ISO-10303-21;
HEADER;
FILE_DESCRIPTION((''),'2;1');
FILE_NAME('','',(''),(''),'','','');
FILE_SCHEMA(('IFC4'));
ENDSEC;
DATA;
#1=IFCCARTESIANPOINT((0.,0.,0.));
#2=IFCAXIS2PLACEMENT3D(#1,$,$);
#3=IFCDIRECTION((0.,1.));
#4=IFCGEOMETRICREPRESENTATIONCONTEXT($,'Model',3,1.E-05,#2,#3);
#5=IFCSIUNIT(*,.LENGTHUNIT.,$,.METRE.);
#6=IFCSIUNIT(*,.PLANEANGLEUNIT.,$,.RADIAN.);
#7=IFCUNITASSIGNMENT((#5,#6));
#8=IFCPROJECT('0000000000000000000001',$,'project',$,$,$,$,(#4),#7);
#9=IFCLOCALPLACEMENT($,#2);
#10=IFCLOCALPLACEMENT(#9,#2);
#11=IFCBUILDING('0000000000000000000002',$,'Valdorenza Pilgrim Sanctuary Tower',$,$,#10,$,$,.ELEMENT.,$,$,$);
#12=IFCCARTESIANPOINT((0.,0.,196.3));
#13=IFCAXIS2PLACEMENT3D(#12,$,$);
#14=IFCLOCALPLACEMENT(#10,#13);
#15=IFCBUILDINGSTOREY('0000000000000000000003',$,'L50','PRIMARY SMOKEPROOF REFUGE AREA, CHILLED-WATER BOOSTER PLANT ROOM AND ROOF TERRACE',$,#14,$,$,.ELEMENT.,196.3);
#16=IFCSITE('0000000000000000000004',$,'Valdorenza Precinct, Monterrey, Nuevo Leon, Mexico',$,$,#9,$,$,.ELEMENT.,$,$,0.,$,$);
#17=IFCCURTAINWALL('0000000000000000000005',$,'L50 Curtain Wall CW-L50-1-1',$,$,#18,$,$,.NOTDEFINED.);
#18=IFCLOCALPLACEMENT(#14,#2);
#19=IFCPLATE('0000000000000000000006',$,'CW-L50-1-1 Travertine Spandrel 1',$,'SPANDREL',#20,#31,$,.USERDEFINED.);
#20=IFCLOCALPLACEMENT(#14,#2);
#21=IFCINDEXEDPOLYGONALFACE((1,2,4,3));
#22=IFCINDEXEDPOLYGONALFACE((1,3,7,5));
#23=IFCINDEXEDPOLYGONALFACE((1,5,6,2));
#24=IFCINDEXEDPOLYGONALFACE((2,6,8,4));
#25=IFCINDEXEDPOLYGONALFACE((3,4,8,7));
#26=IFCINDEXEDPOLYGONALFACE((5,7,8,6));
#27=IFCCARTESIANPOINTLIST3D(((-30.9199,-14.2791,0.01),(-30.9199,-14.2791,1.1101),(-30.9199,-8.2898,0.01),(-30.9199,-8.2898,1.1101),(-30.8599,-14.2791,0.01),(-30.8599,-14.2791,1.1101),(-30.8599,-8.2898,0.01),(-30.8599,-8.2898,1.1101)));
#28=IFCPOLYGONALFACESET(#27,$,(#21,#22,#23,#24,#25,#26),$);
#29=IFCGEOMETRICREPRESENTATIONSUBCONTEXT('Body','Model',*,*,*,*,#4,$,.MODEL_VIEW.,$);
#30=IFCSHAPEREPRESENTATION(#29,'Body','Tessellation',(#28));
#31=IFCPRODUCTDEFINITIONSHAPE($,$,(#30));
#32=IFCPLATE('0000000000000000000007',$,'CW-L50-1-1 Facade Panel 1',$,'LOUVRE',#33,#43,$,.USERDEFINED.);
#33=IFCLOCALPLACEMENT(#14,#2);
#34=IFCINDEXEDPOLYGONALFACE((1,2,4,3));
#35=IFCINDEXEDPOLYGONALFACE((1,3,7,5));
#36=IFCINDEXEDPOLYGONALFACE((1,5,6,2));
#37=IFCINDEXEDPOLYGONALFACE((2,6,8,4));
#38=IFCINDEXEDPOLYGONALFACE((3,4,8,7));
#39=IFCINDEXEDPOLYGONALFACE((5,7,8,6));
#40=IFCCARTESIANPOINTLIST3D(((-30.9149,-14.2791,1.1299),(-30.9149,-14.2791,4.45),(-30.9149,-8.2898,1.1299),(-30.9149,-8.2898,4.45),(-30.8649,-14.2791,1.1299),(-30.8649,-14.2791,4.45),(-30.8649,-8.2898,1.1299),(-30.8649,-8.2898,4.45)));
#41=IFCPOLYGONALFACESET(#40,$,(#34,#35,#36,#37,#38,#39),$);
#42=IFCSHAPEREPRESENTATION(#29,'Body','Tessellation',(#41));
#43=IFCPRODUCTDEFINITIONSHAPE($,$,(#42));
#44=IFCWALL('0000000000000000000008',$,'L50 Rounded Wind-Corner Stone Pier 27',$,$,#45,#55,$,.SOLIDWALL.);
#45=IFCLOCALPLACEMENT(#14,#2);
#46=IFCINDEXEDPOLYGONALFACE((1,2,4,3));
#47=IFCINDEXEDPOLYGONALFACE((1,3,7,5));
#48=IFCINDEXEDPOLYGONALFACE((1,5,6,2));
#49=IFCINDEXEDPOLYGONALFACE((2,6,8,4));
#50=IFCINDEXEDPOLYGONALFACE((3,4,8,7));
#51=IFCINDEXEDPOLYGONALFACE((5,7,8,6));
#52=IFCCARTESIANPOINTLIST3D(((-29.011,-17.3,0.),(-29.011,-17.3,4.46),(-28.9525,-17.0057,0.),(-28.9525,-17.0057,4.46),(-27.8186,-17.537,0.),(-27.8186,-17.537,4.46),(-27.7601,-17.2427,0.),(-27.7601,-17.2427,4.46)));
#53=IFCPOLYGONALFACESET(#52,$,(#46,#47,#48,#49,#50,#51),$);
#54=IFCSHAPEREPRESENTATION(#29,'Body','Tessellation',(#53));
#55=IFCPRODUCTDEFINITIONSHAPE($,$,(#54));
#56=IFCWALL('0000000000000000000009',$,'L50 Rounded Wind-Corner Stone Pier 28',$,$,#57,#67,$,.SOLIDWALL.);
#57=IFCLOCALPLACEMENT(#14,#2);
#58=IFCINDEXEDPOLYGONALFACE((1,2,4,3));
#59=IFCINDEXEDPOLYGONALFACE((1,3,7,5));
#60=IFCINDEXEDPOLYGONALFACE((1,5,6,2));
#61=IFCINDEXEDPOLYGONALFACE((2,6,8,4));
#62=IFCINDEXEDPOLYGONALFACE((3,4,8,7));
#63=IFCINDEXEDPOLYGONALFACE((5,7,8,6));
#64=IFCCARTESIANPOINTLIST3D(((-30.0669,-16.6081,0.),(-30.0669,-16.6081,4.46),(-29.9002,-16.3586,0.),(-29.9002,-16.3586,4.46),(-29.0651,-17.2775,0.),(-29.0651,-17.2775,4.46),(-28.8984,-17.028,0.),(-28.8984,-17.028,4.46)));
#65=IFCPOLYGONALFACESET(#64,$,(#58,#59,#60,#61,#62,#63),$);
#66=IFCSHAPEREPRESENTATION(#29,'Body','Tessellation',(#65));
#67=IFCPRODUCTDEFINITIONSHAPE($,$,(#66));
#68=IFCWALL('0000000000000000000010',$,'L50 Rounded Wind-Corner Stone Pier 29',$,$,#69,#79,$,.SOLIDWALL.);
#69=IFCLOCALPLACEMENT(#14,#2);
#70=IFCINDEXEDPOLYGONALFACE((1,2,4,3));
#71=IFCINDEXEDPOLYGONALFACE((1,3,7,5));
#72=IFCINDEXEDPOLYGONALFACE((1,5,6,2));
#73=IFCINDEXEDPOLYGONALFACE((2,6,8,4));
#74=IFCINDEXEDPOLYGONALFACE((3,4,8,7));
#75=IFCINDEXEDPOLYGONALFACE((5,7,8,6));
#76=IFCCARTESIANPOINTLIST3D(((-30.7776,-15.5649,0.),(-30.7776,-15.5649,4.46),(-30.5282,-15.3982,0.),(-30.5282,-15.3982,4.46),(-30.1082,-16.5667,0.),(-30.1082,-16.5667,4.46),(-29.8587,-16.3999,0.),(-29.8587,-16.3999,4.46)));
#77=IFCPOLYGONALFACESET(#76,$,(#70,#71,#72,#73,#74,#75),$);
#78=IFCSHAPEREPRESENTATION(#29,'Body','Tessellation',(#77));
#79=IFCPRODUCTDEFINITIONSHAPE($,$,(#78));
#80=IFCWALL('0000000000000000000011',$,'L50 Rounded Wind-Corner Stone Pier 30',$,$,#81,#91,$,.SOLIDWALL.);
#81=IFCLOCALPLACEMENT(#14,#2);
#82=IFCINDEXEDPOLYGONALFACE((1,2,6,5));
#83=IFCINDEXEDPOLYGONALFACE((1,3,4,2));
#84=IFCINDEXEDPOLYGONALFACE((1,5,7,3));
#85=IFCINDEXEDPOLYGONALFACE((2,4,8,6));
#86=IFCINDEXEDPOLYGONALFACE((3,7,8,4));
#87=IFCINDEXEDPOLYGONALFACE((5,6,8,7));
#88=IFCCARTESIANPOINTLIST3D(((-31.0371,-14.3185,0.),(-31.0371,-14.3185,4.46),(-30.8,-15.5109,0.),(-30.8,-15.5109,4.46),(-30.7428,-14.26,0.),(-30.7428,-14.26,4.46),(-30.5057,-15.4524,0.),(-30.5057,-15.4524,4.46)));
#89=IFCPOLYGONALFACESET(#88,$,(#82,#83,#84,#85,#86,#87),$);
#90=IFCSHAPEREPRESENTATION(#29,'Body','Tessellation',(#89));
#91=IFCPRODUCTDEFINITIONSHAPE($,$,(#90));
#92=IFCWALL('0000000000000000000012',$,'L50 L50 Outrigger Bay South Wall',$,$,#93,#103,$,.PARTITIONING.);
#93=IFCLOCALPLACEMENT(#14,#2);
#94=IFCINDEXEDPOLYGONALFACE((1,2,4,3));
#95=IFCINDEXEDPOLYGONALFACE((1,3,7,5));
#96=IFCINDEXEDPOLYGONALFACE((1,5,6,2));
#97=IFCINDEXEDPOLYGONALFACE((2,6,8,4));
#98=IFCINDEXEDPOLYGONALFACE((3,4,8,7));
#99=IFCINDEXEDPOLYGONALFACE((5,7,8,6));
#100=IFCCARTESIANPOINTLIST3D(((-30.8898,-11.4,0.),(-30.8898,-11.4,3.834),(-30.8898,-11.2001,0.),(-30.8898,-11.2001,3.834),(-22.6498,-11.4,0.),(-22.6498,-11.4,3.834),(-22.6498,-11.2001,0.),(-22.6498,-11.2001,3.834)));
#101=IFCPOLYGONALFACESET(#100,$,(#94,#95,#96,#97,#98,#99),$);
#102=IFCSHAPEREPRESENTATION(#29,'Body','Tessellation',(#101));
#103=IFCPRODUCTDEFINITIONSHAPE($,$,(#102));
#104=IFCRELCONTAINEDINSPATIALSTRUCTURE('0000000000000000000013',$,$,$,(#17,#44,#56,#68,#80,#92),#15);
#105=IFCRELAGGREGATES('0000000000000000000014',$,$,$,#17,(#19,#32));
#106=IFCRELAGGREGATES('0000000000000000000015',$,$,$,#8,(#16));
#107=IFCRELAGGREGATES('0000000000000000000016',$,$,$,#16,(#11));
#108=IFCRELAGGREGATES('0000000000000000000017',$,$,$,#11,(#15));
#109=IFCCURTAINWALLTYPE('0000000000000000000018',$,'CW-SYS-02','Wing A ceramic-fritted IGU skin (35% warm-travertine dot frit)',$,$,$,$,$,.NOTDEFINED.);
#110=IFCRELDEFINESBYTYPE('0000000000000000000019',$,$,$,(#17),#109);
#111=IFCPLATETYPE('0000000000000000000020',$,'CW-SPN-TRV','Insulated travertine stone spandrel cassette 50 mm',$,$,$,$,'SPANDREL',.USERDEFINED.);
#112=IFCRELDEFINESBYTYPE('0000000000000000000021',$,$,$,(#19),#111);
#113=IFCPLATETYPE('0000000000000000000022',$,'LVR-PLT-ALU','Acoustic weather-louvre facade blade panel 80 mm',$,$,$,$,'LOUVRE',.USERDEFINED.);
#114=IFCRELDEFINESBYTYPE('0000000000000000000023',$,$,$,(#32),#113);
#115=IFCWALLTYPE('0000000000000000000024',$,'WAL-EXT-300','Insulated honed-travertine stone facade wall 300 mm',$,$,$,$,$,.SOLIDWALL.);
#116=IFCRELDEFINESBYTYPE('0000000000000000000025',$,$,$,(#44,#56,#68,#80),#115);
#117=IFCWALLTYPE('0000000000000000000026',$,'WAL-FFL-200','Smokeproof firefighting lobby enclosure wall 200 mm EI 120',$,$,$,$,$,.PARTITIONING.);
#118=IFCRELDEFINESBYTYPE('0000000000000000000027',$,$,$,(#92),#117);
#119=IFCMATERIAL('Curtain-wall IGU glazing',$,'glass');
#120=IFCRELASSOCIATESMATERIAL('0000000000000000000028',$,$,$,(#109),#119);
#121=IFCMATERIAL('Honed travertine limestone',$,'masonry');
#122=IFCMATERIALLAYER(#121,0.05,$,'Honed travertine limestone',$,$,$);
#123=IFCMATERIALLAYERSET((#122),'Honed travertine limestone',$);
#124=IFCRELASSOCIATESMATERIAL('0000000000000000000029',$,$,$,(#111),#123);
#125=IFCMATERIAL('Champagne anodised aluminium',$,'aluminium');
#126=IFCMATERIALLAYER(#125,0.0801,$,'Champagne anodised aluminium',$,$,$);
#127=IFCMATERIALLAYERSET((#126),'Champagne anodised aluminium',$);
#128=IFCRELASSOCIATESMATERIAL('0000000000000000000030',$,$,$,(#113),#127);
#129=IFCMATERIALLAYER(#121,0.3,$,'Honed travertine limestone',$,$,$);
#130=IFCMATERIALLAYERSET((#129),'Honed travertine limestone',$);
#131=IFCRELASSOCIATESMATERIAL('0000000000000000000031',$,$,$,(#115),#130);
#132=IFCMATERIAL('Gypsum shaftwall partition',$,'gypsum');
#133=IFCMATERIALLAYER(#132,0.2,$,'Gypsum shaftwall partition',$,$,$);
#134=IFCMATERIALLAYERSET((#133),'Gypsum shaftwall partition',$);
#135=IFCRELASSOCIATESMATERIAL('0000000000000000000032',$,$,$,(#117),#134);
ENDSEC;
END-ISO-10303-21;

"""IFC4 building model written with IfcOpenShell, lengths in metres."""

from ifc_helpers import new_model, si_unit, direction, frame, frame_2d, origin, origin_2d, place, context, subcontext, project, spatial, rectangle, extrude, source, transform, mapped, material, layer, layer_set, type_object, element, aggregate, save


model = new_model("IFC4")

# Units and contexts
model_context = context("Model", 3, precision=1e-05, world=origin(), true_north=direction((0.0, 1.0)))
body_context = subcontext(model_context, "Body", "Model", "MODEL_VIEW")
ifc_project = project(units=[si_unit("LENGTHUNIT", "METRE"), si_unit("PLANEANGLEUNIT", "RADIAN")], contexts=[model_context])

# Site, building, storey
site_placement = place(None, origin())
site = spatial("IfcSite", under=ifc_project, at=site_placement, Name="Valdorenza Precinct, Monterrey, Nuevo Leon, Mexico", CompositionType="ELEMENT", RefElevation=0.0)
building_placement = place(site_placement, origin())
building = spatial("IfcBuilding", under=site, at=building_placement, Name="Valdorenza Pilgrim Sanctuary Tower", CompositionType="ELEMENT")
storey_placement = place(building_placement, frame((0.0, 0.0, 196.3)))
storey = spatial("IfcBuildingStorey", under=building, at=storey_placement, Name="L50", Description="PRIMARY SMOKEPROOF REFUGE AREA, CHILLED-WATER BOOSTER PLANT ROOM AND ROOF TERRACE", CompositionType="ELEMENT", Elevation=196.3)

# Curtain wall
ifc_material_1 = material(Name="Curtain-wall IGU glazing", Category="glass")
curtain_wall_type = type_object("IfcCurtainWallType", Name="CW-SYS-02", Description="Wing A ceramic-fritted IGU skin (35% warm-travertine dot frit)", PredefinedType="NOTDEFINED", material=ifc_material_1)
curtain_wall_1_placement = place(storey_placement, origin())
curtain_wall_1 = element("IfcCurtainWall", 1, at=curtain_wall_1_placement, inside=storey, type_object=curtain_wall_type, Name="L50 Curtain Wall CW-L50-1-1", PredefinedType="NOTDEFINED")

# Plates
ifc_material_2 = material(Name="Honed travertine limestone", Category="masonry")
ifc_layer_1 = layer(ifc_material_2, 0.05, Name="Honed travertine limestone")
ifc_layer_set_1 = layer_set([ifc_layer_1], Name="Honed travertine limestone")
plate_type_1 = type_object("IfcPlateType", Name="CW-SPN-TRV", Description="Insulated travertine stone spandrel cassette 50 mm", ElementType="SPANDREL", PredefinedType="USERDEFINED", material=ifc_layer_set_1)
shared_shape_1 = source(origin(), body_context, "Body", "SweptSolid", [
    extrude(rectangle(XDim=5.9893, YDim=0.0601, at=origin_2d()), origin(), (0.0, 0.0, 1.0), 1.1001),
])
plate_1_placement = place(storey_placement, frame((-30.8899, -11.2844, 0.01), z_axis=(0.0, 0.0, 1.0), x_axis=(0.0, 1.0, 0.0)))
plate_1 = element("IfcPlate", 2, at=plate_1_placement, type_object=plate_type_1, Name="CW-L50-1-1 Travertine Spandrel 1", ObjectType="SPANDREL", PredefinedType="USERDEFINED", context=body_context, shape_type="MappedRepresentation", body=[
    mapped(shared_shape_1, transform((0.0, 0.0, 0.0), x_axis=(1.0, 0.0, 0.0), y_axis=(0.0, 1.0, 0.0), z_axis=(0.0, 0.0, 1.0), scale=1.0)),
])
ifc_material_3 = material(Name="Champagne anodised aluminium", Category="aluminium")
ifc_layer_2 = layer(ifc_material_3, 0.0801, Name="Champagne anodised aluminium")
ifc_layer_set_2 = layer_set([ifc_layer_2], Name="Champagne anodised aluminium")
plate_type_2 = type_object("IfcPlateType", Name="LVR-PLT-ALU", Description="Acoustic weather-louvre facade blade panel 80 mm", ElementType="LOUVRE", PredefinedType="USERDEFINED", material=ifc_layer_set_2)
shared_shape_2 = source(origin(), body_context, "Body", "SweptSolid", [
    extrude(rectangle(XDim=5.9893, YDim=0.05, at=origin_2d()), origin(), (0.0, 0.0, 1.0), 3.3201),
])
plate_2_placement = place(storey_placement, frame((-30.8899, -11.2844, 1.1299), z_axis=(0.0, 0.0, 1.0), x_axis=(0.0, 1.0, 0.0)))
plate_2 = element("IfcPlate", 3, at=plate_2_placement, type_object=plate_type_2, Name="CW-L50-1-1 Facade Panel 1", ObjectType="LOUVRE", PredefinedType="USERDEFINED", context=body_context, shape_type="MappedRepresentation", body=[
    mapped(shared_shape_2, transform((0.0, 0.0, 0.0), x_axis=(1.0, 0.0, 0.0), y_axis=(0.0, 1.0, 0.0), z_axis=(0.0, 0.0, 1.0), scale=1.0)),
])
aggregate(curtain_wall_1, [plate_1, plate_2])

# Walls
ifc_layer_3 = layer(ifc_material_2, 0.3, Name="Honed travertine limestone")
ifc_layer_set_3 = layer_set([ifc_layer_3], Name="Honed travertine limestone")
wall_type_1 = type_object("IfcWallType", Name="WAL-EXT-300", Description="Insulated honed-travertine stone facade wall 300 mm", PredefinedType="SOLIDWALL", material=ifc_layer_set_3)
wall_1_placement = place(storey_placement, frame((-27.7893, -17.3899, 0.0), z_axis=(0.0, 0.0, 1.0), x_axis=(-0.980804, 0.194996, 0.0)))
element("IfcWall", 4, at=wall_1_placement, inside=storey, type_object=wall_type_1, Name="L50 Rounded Wind-Corner Stone Pier 27", PredefinedType="SOLIDWALL", context=body_context, shape_type="SweptSolid", body=[
    extrude(rectangle(XDim=1.2158, YDim=0.3, at=frame_2d((0.6079, 0.0))), origin(), (0.0, 0.0, 1.0), 4.46),
])
for number, where, z_axis, x_axis, name in (
    (5, (-28.9817, -17.1528, 0.0), (0.0, 0.0, 1.0), (-0.831426, 0.555635, 0.0), "L50 Rounded Wind-Corner Stone Pier 28"),
    (6, (-29.9834, -16.4834, 0.0), (0.0, 0.0, 1.0), (-0.555635, 0.831426, 0.0), "L50 Rounded Wind-Corner Stone Pier 29"),
):
    element("IfcWall", number, at=place(storey_placement, frame(where, z_axis=z_axis, x_axis=x_axis)), inside=storey, type_object=wall_type_1, Name=name, PredefinedType="SOLIDWALL", context=body_context, shape_type="SweptSolid", body=[
        extrude(rectangle(XDim=1.2048, YDim=0.3, at=frame_2d((0.6025, 0.0))), origin(), (0.0, 0.0, 1.0), 4.46),
    ])
wall_2_placement = place(storey_placement, frame((-30.6528, -15.4817, 0.0), z_axis=(0.0, 0.0, 1.0), x_axis=(-0.194996, 0.980804, 0.0)))
element("IfcWall", 7, at=wall_2_placement, inside=storey, type_object=wall_type_1, Name="L50 Rounded Wind-Corner Stone Pier 30", PredefinedType="SOLIDWALL", context=body_context, shape_type="SweptSolid", body=[
    extrude(rectangle(XDim=1.2158, YDim=0.3, at=frame_2d((0.6079, 0.0))), origin(), (0.0, 0.0, 1.0), 4.46),
])
ifc_material_4 = material(Name="Gypsum shaftwall partition", Category="gypsum")
ifc_layer_4 = layer(ifc_material_4, 0.2, Name="Gypsum shaftwall partition")
ifc_layer_set_4 = layer_set([ifc_layer_4], Name="Gypsum shaftwall partition")
wall_type_2 = type_object("IfcWallType", Name="WAL-FFL-200", Description="Smokeproof firefighting lobby enclosure wall 200 mm EI 120", PredefinedType="PARTITIONING", material=ifc_layer_set_4)
wall_3_placement = place(storey_placement, frame((-30.8899, -11.3, 0.0), z_axis=(0.0, 0.0, 1.0), x_axis=(1.0, 0.0, 0.0)))
element("IfcWall", 8, at=wall_3_placement, inside=storey, type_object=wall_type_2, Name="L50 L50 Outrigger Bay South Wall", PredefinedType="PARTITIONING", context=body_context, shape_type="SweptSolid", body=[
    extrude(rectangle(XDim=8.24, YDim=0.2, at=frame_2d((4.1201, 0.0))), origin(), (0.0, 0.0, 1.0), 3.834),
])

save(model, "model.ifc")
